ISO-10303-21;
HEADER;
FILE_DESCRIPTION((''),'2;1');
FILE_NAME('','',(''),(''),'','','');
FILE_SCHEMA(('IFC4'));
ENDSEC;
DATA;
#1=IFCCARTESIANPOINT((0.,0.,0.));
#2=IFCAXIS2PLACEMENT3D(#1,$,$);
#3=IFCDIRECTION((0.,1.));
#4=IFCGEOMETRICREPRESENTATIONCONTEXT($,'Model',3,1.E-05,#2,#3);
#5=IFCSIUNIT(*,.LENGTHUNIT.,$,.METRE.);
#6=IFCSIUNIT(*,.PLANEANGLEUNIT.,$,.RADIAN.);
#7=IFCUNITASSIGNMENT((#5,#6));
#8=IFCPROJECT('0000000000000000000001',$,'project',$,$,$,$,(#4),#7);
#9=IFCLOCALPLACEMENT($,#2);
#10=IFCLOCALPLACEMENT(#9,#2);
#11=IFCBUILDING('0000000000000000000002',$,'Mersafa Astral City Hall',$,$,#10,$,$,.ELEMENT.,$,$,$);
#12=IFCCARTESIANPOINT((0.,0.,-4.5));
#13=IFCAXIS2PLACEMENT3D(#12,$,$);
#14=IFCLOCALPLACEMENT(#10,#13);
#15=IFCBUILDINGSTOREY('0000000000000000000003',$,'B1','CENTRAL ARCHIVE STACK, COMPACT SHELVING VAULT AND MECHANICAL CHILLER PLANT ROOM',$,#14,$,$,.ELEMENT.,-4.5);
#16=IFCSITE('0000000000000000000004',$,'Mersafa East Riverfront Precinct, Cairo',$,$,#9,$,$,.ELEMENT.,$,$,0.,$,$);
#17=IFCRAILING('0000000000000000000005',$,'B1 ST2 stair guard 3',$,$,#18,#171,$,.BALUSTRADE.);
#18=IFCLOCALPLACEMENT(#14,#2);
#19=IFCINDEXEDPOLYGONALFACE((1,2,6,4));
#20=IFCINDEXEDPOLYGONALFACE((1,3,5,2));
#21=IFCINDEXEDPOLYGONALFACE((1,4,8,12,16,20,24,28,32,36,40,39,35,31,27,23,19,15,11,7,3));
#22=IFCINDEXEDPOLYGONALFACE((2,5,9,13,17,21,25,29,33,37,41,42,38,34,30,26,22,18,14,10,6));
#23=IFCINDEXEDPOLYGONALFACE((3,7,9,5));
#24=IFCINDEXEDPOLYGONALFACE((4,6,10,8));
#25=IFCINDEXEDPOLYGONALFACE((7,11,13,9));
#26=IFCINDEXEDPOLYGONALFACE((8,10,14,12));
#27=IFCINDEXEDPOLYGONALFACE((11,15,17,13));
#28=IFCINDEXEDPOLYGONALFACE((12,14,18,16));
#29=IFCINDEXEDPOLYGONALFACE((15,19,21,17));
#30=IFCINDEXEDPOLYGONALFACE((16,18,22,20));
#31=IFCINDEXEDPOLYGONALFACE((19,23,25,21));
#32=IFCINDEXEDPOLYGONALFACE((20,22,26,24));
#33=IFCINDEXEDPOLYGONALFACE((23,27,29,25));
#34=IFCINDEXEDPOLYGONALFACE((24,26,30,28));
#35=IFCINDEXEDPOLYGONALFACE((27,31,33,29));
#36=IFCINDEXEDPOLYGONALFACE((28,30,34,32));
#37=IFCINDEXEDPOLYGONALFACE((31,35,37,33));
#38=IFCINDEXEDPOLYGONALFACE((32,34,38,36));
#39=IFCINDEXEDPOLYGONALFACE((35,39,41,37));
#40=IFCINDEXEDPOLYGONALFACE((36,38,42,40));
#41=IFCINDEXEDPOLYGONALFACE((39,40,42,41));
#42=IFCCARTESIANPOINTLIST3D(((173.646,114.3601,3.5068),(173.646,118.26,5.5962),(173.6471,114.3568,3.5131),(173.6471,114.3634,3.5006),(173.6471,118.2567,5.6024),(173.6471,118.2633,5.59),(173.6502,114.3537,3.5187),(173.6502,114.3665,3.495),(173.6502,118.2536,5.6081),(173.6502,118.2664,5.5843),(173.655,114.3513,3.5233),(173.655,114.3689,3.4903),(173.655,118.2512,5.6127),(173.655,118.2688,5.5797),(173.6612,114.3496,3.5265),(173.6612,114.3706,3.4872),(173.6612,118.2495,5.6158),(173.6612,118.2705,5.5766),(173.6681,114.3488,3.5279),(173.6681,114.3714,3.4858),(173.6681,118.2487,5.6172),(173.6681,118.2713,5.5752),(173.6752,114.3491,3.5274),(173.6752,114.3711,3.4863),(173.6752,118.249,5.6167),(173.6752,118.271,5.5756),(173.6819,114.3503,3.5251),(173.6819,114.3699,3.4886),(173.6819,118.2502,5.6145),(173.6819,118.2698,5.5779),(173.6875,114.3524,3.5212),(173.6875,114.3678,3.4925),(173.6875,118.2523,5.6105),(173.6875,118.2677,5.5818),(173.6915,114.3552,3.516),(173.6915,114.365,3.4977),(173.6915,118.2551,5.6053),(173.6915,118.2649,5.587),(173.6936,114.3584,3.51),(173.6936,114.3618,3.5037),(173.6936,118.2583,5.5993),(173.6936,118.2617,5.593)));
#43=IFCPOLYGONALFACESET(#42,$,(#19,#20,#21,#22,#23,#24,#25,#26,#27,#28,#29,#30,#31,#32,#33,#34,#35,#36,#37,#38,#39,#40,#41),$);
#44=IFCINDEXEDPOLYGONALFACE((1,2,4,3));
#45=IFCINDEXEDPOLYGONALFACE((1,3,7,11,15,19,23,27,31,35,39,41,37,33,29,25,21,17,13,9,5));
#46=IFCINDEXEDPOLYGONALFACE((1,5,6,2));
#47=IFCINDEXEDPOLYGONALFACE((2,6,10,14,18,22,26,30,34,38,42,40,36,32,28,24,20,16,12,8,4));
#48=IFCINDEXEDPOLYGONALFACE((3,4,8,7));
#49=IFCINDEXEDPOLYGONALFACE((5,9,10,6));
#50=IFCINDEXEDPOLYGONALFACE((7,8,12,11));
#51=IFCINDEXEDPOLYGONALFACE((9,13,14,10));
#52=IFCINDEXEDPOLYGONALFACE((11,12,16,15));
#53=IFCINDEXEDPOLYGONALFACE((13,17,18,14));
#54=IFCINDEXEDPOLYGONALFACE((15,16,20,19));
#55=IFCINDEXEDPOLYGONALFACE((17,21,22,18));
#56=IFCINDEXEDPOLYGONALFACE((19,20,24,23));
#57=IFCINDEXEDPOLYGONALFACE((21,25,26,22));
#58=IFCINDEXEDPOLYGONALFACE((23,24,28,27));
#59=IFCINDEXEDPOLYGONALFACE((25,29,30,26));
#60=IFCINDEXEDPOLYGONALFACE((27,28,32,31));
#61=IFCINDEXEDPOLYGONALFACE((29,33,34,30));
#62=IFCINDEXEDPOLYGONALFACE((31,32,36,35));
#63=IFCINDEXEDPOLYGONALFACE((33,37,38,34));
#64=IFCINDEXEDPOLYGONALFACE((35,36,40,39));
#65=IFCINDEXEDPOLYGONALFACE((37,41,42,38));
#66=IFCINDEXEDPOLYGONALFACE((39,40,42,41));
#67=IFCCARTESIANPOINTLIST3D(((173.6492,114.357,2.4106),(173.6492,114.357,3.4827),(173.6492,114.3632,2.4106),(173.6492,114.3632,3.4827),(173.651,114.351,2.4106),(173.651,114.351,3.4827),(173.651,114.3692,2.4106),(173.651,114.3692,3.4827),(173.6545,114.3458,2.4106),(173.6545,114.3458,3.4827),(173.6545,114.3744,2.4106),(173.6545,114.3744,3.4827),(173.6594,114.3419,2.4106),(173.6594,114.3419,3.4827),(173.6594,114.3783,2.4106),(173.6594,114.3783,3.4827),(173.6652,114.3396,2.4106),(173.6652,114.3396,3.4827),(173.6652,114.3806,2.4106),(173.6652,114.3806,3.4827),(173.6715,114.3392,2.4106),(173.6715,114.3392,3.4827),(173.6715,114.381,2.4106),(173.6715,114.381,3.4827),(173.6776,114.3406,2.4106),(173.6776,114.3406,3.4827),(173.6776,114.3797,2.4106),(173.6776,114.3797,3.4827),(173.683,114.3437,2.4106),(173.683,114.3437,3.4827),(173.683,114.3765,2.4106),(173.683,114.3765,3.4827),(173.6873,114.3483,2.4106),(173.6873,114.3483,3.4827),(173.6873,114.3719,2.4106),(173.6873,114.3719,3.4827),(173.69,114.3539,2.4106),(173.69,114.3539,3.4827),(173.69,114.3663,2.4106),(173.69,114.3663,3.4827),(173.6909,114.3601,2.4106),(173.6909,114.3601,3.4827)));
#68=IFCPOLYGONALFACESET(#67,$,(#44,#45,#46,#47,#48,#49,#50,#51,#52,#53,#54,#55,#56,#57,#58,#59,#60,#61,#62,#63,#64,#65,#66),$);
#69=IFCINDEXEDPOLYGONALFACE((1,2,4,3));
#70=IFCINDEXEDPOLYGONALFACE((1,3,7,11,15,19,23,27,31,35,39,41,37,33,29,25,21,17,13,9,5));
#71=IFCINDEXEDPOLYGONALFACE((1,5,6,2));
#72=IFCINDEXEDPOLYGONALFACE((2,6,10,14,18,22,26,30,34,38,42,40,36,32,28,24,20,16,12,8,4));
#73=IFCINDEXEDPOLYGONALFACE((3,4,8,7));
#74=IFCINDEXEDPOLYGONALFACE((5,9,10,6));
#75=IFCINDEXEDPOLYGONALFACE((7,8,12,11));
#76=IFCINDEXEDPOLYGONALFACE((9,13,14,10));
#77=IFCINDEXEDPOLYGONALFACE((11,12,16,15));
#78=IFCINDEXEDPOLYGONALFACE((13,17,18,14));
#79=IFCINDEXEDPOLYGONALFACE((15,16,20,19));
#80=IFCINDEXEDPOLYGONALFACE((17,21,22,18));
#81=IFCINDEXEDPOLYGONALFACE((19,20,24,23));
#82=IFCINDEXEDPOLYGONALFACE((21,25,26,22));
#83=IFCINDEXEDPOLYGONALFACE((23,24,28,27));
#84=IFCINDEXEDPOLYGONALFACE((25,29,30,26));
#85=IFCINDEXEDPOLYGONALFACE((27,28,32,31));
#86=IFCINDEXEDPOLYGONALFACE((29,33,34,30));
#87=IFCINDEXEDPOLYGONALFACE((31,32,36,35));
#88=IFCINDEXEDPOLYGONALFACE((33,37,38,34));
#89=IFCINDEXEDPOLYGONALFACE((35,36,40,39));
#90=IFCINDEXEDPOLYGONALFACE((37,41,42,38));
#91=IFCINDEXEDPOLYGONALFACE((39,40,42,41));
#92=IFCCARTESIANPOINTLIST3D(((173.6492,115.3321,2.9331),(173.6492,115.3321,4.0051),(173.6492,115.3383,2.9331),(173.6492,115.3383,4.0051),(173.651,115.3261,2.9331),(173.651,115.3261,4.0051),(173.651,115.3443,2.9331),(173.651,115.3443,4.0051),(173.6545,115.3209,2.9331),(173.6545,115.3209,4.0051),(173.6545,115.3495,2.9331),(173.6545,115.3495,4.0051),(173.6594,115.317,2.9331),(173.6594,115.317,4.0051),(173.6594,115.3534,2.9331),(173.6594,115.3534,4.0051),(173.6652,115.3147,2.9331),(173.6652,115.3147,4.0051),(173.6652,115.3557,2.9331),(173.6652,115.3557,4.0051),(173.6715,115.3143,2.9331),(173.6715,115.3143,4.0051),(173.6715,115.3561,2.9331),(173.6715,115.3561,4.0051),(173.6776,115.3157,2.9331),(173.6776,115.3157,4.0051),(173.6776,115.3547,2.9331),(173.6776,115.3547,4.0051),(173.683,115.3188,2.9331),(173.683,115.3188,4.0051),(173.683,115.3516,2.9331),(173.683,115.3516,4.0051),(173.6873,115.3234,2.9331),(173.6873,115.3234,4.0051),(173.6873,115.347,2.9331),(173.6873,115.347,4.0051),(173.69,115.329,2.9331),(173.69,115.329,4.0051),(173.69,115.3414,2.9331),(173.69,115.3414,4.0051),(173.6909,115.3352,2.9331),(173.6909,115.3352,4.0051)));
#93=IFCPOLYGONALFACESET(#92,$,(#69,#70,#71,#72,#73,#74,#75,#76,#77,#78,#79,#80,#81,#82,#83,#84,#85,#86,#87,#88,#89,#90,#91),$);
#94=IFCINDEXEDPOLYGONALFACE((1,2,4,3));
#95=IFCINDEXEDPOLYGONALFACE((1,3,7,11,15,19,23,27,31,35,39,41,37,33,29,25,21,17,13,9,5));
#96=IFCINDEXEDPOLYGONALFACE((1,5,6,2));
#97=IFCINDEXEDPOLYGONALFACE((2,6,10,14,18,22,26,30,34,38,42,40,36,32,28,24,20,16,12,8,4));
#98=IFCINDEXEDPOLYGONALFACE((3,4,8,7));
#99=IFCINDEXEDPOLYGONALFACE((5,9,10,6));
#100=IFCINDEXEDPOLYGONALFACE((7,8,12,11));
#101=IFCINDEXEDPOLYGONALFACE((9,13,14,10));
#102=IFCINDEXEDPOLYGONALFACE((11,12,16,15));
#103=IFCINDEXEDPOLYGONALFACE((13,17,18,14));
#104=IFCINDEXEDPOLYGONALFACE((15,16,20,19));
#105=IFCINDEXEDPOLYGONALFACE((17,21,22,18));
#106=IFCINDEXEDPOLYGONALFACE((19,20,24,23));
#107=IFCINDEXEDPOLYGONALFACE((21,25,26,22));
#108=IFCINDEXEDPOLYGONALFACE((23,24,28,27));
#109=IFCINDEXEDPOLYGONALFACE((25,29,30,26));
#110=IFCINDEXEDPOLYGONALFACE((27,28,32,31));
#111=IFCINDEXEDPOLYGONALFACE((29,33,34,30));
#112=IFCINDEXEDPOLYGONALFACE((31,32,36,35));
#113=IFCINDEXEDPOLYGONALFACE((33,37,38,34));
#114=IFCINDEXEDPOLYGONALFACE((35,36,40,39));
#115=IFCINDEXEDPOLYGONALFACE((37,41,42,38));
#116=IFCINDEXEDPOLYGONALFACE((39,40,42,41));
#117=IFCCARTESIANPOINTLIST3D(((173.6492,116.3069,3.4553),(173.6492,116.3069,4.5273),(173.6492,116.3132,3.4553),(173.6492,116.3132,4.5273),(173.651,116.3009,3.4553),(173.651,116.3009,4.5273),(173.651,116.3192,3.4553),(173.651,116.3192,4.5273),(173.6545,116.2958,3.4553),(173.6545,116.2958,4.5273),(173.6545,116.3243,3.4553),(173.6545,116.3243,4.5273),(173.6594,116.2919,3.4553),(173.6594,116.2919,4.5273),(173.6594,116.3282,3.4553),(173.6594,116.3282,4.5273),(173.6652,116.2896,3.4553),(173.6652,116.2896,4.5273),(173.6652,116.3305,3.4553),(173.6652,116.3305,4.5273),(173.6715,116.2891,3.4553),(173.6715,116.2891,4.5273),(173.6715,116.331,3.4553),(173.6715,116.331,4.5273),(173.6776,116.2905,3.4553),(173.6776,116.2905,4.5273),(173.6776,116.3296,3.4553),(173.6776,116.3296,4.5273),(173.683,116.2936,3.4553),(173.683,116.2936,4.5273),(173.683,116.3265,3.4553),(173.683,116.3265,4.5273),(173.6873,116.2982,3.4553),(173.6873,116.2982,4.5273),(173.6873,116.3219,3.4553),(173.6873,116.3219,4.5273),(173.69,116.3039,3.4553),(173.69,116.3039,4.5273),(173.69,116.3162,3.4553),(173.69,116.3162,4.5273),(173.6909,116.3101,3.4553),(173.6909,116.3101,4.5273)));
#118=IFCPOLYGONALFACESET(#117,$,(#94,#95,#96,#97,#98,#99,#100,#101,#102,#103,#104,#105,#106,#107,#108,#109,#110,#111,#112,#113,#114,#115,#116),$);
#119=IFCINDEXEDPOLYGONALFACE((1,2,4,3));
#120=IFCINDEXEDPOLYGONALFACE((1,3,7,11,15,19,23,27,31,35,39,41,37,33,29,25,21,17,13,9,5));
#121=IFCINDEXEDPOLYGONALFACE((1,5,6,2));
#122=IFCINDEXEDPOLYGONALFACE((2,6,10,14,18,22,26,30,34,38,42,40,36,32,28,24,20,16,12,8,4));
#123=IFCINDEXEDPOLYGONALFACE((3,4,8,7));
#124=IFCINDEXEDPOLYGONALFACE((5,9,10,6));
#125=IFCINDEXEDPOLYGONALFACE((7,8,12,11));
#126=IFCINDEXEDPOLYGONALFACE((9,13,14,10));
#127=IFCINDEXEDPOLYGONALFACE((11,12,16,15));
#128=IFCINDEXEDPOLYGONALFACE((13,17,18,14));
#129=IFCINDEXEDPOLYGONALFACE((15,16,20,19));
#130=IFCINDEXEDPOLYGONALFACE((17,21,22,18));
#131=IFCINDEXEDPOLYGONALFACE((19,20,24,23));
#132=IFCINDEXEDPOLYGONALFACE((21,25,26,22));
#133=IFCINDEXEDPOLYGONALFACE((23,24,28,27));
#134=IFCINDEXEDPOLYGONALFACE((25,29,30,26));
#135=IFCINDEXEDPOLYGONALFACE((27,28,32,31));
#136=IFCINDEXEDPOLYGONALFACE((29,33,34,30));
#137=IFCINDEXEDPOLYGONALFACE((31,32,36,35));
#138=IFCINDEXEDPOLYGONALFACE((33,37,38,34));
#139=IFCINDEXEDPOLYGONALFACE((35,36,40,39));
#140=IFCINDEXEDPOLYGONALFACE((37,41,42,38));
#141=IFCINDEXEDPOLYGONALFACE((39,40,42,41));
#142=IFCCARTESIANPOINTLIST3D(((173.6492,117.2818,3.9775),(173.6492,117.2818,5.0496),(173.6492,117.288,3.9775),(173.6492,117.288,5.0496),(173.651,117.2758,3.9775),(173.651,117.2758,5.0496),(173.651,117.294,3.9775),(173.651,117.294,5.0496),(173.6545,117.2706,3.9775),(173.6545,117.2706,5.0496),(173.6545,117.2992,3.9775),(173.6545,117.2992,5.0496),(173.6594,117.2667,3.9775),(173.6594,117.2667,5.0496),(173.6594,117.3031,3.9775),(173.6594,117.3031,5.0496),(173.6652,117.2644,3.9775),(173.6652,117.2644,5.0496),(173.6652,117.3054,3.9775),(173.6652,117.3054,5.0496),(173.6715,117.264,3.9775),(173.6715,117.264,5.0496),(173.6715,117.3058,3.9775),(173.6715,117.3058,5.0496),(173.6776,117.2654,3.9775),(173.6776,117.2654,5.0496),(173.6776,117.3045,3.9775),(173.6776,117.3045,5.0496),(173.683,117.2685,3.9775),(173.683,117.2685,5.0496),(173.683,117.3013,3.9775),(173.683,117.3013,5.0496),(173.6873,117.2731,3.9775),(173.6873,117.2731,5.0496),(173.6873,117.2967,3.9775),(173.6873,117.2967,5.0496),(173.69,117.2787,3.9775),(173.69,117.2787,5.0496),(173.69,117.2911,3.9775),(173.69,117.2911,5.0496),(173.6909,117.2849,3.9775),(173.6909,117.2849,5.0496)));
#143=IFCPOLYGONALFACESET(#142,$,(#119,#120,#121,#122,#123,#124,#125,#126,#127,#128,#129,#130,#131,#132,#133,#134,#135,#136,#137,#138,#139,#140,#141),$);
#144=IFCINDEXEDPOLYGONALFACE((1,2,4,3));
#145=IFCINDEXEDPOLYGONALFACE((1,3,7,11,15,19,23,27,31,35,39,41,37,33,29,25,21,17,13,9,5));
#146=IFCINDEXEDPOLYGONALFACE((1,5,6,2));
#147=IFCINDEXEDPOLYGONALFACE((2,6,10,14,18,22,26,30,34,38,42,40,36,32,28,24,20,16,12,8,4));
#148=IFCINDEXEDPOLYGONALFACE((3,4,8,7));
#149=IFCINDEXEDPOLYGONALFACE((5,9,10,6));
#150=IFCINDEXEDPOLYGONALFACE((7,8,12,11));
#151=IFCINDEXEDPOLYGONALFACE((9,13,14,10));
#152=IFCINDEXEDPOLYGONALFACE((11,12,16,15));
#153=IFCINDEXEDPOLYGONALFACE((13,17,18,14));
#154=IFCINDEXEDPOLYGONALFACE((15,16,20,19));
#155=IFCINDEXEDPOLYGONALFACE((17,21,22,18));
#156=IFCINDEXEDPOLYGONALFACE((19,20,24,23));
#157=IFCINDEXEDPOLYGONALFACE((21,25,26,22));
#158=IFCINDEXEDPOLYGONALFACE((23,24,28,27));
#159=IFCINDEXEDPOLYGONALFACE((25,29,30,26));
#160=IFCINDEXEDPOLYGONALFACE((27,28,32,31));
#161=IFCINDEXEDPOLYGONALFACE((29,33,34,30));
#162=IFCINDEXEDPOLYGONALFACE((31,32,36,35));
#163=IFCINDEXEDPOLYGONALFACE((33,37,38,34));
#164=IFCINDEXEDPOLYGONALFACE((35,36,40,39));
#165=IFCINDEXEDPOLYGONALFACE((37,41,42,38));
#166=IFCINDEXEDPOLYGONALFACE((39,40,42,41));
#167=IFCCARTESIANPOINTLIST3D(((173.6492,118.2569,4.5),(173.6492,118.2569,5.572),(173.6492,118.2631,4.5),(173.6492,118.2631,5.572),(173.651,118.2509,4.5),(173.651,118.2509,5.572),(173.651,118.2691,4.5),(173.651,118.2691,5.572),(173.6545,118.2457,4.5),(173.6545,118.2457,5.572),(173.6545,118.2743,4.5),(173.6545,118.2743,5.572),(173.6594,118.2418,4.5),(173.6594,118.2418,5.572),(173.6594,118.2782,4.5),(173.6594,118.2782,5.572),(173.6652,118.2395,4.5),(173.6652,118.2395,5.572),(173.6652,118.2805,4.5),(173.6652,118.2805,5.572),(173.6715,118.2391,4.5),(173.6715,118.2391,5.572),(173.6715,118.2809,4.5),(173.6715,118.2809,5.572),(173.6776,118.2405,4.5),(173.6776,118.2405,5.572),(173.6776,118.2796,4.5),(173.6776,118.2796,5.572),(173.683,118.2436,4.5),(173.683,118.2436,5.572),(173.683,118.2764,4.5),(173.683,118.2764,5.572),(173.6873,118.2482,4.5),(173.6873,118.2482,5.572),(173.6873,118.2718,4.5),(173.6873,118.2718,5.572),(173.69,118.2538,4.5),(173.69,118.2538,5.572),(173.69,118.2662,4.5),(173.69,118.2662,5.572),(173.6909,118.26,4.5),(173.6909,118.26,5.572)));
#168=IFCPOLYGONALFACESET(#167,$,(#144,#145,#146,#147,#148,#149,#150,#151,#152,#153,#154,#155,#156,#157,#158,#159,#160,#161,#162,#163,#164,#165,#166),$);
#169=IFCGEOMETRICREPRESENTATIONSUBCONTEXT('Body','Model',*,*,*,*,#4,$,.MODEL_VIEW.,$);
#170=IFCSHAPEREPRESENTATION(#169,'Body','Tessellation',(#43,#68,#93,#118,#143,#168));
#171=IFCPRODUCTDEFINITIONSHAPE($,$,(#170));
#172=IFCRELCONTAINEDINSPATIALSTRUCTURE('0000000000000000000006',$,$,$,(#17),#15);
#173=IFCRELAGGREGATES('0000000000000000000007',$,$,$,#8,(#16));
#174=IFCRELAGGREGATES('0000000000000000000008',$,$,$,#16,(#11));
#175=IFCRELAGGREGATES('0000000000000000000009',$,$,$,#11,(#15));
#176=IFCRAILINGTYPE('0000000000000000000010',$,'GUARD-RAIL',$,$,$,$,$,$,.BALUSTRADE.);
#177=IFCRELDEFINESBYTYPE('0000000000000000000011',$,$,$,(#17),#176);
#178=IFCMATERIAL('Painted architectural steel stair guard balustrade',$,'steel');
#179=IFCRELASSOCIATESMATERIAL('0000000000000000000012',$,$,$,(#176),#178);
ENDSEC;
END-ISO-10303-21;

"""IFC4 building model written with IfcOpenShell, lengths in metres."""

from ifc_helpers import new_model, si_unit, direction, frame, origin, origin_2d, place, context, subcontext, project, spatial, circle, extrude, material, type_object, element, save


model = new_model("IFC4")

# Units and contexts
model_context = context("Model", 3, precision=1e-05, world=origin(), true_north=direction((0.0, 1.0)))
body_context = subcontext(model_context, "Body", "Model", "MODEL_VIEW")
ifc_project = project(units=[si_unit("LENGTHUNIT", "METRE"), si_unit("PLANEANGLEUNIT", "RADIAN")], contexts=[model_context])

# Site, building, storey
site_placement = place(None, origin())
site = spatial("IfcSite", under=ifc_project, at=site_placement, Name="Mersafa East Riverfront Precinct, Cairo", CompositionType="ELEMENT", RefElevation=0.0)
building_placement = place(site_placement, origin())
building = spatial("IfcBuilding", under=site, at=building_placement, Name="Mersafa Astral City Hall", CompositionType="ELEMENT")
storey_placement = place(building_placement, frame((0.0, 0.0, -4.5)))
storey = spatial("IfcBuildingStorey", under=building, at=storey_placement, Name="B1", Description="CENTRAL ARCHIVE STACK, COMPACT SHELVING VAULT AND MECHANICAL CHILLER PLANT ROOM", CompositionType="ELEMENT", Elevation=-4.5)

# Railing
ifc_material_1 = material(Name="Painted architectural steel stair guard balustrade", Category="steel")
railing_type_1 = type_object("IfcRailingType", Name="GUARD-RAIL", PredefinedType="BALUSTRADE", material=ifc_material_1)
railing_1_placement = place(storey_placement, frame((173.6699, 114.3601, 2.4106)))
element("IfcRailing", 1, at=railing_1_placement, inside=storey, type_object=railing_type_1, Name="B1 ST2 stair guard 3", PredefinedType="BALUSTRADE", context=body_context, shape_type="SweptSolid", body=[
    extrude(circle(Radius=0.0239, at=origin_2d()), frame((0.0, 0.0, 1.0962), z_axis=(0.0, 0.881468, 0.472243), x_axis=(-1.0, 0.0, 0.0)), (0.0, 0.0, 1.0), 4.4243),
    extrude(circle(Radius=0.021, at=origin_2d()), origin(), (0.0, 0.0, 1.0), 1.072),
    extrude(circle(Radius=0.021, at=origin_2d()), frame((0.0, 0.9751, 0.5225)), (0.0, 0.0, 1.0), 1.072),
    extrude(circle(Radius=0.021, at=origin_2d()), frame((0.0, 1.95, 1.0447)), (0.0, 0.0, 1.0), 1.072),
    extrude(circle(Radius=0.021, at=origin_2d()), frame((0.0, 2.9248, 1.5669)), (0.0, 0.0, 1.0), 1.072),
    extrude(circle(Radius=0.021, at=origin_2d()), frame((0.0, 3.8999, 2.0894)), (0.0, 0.0, 1.0), 1.072),
])

save(model, "model.ifc")
